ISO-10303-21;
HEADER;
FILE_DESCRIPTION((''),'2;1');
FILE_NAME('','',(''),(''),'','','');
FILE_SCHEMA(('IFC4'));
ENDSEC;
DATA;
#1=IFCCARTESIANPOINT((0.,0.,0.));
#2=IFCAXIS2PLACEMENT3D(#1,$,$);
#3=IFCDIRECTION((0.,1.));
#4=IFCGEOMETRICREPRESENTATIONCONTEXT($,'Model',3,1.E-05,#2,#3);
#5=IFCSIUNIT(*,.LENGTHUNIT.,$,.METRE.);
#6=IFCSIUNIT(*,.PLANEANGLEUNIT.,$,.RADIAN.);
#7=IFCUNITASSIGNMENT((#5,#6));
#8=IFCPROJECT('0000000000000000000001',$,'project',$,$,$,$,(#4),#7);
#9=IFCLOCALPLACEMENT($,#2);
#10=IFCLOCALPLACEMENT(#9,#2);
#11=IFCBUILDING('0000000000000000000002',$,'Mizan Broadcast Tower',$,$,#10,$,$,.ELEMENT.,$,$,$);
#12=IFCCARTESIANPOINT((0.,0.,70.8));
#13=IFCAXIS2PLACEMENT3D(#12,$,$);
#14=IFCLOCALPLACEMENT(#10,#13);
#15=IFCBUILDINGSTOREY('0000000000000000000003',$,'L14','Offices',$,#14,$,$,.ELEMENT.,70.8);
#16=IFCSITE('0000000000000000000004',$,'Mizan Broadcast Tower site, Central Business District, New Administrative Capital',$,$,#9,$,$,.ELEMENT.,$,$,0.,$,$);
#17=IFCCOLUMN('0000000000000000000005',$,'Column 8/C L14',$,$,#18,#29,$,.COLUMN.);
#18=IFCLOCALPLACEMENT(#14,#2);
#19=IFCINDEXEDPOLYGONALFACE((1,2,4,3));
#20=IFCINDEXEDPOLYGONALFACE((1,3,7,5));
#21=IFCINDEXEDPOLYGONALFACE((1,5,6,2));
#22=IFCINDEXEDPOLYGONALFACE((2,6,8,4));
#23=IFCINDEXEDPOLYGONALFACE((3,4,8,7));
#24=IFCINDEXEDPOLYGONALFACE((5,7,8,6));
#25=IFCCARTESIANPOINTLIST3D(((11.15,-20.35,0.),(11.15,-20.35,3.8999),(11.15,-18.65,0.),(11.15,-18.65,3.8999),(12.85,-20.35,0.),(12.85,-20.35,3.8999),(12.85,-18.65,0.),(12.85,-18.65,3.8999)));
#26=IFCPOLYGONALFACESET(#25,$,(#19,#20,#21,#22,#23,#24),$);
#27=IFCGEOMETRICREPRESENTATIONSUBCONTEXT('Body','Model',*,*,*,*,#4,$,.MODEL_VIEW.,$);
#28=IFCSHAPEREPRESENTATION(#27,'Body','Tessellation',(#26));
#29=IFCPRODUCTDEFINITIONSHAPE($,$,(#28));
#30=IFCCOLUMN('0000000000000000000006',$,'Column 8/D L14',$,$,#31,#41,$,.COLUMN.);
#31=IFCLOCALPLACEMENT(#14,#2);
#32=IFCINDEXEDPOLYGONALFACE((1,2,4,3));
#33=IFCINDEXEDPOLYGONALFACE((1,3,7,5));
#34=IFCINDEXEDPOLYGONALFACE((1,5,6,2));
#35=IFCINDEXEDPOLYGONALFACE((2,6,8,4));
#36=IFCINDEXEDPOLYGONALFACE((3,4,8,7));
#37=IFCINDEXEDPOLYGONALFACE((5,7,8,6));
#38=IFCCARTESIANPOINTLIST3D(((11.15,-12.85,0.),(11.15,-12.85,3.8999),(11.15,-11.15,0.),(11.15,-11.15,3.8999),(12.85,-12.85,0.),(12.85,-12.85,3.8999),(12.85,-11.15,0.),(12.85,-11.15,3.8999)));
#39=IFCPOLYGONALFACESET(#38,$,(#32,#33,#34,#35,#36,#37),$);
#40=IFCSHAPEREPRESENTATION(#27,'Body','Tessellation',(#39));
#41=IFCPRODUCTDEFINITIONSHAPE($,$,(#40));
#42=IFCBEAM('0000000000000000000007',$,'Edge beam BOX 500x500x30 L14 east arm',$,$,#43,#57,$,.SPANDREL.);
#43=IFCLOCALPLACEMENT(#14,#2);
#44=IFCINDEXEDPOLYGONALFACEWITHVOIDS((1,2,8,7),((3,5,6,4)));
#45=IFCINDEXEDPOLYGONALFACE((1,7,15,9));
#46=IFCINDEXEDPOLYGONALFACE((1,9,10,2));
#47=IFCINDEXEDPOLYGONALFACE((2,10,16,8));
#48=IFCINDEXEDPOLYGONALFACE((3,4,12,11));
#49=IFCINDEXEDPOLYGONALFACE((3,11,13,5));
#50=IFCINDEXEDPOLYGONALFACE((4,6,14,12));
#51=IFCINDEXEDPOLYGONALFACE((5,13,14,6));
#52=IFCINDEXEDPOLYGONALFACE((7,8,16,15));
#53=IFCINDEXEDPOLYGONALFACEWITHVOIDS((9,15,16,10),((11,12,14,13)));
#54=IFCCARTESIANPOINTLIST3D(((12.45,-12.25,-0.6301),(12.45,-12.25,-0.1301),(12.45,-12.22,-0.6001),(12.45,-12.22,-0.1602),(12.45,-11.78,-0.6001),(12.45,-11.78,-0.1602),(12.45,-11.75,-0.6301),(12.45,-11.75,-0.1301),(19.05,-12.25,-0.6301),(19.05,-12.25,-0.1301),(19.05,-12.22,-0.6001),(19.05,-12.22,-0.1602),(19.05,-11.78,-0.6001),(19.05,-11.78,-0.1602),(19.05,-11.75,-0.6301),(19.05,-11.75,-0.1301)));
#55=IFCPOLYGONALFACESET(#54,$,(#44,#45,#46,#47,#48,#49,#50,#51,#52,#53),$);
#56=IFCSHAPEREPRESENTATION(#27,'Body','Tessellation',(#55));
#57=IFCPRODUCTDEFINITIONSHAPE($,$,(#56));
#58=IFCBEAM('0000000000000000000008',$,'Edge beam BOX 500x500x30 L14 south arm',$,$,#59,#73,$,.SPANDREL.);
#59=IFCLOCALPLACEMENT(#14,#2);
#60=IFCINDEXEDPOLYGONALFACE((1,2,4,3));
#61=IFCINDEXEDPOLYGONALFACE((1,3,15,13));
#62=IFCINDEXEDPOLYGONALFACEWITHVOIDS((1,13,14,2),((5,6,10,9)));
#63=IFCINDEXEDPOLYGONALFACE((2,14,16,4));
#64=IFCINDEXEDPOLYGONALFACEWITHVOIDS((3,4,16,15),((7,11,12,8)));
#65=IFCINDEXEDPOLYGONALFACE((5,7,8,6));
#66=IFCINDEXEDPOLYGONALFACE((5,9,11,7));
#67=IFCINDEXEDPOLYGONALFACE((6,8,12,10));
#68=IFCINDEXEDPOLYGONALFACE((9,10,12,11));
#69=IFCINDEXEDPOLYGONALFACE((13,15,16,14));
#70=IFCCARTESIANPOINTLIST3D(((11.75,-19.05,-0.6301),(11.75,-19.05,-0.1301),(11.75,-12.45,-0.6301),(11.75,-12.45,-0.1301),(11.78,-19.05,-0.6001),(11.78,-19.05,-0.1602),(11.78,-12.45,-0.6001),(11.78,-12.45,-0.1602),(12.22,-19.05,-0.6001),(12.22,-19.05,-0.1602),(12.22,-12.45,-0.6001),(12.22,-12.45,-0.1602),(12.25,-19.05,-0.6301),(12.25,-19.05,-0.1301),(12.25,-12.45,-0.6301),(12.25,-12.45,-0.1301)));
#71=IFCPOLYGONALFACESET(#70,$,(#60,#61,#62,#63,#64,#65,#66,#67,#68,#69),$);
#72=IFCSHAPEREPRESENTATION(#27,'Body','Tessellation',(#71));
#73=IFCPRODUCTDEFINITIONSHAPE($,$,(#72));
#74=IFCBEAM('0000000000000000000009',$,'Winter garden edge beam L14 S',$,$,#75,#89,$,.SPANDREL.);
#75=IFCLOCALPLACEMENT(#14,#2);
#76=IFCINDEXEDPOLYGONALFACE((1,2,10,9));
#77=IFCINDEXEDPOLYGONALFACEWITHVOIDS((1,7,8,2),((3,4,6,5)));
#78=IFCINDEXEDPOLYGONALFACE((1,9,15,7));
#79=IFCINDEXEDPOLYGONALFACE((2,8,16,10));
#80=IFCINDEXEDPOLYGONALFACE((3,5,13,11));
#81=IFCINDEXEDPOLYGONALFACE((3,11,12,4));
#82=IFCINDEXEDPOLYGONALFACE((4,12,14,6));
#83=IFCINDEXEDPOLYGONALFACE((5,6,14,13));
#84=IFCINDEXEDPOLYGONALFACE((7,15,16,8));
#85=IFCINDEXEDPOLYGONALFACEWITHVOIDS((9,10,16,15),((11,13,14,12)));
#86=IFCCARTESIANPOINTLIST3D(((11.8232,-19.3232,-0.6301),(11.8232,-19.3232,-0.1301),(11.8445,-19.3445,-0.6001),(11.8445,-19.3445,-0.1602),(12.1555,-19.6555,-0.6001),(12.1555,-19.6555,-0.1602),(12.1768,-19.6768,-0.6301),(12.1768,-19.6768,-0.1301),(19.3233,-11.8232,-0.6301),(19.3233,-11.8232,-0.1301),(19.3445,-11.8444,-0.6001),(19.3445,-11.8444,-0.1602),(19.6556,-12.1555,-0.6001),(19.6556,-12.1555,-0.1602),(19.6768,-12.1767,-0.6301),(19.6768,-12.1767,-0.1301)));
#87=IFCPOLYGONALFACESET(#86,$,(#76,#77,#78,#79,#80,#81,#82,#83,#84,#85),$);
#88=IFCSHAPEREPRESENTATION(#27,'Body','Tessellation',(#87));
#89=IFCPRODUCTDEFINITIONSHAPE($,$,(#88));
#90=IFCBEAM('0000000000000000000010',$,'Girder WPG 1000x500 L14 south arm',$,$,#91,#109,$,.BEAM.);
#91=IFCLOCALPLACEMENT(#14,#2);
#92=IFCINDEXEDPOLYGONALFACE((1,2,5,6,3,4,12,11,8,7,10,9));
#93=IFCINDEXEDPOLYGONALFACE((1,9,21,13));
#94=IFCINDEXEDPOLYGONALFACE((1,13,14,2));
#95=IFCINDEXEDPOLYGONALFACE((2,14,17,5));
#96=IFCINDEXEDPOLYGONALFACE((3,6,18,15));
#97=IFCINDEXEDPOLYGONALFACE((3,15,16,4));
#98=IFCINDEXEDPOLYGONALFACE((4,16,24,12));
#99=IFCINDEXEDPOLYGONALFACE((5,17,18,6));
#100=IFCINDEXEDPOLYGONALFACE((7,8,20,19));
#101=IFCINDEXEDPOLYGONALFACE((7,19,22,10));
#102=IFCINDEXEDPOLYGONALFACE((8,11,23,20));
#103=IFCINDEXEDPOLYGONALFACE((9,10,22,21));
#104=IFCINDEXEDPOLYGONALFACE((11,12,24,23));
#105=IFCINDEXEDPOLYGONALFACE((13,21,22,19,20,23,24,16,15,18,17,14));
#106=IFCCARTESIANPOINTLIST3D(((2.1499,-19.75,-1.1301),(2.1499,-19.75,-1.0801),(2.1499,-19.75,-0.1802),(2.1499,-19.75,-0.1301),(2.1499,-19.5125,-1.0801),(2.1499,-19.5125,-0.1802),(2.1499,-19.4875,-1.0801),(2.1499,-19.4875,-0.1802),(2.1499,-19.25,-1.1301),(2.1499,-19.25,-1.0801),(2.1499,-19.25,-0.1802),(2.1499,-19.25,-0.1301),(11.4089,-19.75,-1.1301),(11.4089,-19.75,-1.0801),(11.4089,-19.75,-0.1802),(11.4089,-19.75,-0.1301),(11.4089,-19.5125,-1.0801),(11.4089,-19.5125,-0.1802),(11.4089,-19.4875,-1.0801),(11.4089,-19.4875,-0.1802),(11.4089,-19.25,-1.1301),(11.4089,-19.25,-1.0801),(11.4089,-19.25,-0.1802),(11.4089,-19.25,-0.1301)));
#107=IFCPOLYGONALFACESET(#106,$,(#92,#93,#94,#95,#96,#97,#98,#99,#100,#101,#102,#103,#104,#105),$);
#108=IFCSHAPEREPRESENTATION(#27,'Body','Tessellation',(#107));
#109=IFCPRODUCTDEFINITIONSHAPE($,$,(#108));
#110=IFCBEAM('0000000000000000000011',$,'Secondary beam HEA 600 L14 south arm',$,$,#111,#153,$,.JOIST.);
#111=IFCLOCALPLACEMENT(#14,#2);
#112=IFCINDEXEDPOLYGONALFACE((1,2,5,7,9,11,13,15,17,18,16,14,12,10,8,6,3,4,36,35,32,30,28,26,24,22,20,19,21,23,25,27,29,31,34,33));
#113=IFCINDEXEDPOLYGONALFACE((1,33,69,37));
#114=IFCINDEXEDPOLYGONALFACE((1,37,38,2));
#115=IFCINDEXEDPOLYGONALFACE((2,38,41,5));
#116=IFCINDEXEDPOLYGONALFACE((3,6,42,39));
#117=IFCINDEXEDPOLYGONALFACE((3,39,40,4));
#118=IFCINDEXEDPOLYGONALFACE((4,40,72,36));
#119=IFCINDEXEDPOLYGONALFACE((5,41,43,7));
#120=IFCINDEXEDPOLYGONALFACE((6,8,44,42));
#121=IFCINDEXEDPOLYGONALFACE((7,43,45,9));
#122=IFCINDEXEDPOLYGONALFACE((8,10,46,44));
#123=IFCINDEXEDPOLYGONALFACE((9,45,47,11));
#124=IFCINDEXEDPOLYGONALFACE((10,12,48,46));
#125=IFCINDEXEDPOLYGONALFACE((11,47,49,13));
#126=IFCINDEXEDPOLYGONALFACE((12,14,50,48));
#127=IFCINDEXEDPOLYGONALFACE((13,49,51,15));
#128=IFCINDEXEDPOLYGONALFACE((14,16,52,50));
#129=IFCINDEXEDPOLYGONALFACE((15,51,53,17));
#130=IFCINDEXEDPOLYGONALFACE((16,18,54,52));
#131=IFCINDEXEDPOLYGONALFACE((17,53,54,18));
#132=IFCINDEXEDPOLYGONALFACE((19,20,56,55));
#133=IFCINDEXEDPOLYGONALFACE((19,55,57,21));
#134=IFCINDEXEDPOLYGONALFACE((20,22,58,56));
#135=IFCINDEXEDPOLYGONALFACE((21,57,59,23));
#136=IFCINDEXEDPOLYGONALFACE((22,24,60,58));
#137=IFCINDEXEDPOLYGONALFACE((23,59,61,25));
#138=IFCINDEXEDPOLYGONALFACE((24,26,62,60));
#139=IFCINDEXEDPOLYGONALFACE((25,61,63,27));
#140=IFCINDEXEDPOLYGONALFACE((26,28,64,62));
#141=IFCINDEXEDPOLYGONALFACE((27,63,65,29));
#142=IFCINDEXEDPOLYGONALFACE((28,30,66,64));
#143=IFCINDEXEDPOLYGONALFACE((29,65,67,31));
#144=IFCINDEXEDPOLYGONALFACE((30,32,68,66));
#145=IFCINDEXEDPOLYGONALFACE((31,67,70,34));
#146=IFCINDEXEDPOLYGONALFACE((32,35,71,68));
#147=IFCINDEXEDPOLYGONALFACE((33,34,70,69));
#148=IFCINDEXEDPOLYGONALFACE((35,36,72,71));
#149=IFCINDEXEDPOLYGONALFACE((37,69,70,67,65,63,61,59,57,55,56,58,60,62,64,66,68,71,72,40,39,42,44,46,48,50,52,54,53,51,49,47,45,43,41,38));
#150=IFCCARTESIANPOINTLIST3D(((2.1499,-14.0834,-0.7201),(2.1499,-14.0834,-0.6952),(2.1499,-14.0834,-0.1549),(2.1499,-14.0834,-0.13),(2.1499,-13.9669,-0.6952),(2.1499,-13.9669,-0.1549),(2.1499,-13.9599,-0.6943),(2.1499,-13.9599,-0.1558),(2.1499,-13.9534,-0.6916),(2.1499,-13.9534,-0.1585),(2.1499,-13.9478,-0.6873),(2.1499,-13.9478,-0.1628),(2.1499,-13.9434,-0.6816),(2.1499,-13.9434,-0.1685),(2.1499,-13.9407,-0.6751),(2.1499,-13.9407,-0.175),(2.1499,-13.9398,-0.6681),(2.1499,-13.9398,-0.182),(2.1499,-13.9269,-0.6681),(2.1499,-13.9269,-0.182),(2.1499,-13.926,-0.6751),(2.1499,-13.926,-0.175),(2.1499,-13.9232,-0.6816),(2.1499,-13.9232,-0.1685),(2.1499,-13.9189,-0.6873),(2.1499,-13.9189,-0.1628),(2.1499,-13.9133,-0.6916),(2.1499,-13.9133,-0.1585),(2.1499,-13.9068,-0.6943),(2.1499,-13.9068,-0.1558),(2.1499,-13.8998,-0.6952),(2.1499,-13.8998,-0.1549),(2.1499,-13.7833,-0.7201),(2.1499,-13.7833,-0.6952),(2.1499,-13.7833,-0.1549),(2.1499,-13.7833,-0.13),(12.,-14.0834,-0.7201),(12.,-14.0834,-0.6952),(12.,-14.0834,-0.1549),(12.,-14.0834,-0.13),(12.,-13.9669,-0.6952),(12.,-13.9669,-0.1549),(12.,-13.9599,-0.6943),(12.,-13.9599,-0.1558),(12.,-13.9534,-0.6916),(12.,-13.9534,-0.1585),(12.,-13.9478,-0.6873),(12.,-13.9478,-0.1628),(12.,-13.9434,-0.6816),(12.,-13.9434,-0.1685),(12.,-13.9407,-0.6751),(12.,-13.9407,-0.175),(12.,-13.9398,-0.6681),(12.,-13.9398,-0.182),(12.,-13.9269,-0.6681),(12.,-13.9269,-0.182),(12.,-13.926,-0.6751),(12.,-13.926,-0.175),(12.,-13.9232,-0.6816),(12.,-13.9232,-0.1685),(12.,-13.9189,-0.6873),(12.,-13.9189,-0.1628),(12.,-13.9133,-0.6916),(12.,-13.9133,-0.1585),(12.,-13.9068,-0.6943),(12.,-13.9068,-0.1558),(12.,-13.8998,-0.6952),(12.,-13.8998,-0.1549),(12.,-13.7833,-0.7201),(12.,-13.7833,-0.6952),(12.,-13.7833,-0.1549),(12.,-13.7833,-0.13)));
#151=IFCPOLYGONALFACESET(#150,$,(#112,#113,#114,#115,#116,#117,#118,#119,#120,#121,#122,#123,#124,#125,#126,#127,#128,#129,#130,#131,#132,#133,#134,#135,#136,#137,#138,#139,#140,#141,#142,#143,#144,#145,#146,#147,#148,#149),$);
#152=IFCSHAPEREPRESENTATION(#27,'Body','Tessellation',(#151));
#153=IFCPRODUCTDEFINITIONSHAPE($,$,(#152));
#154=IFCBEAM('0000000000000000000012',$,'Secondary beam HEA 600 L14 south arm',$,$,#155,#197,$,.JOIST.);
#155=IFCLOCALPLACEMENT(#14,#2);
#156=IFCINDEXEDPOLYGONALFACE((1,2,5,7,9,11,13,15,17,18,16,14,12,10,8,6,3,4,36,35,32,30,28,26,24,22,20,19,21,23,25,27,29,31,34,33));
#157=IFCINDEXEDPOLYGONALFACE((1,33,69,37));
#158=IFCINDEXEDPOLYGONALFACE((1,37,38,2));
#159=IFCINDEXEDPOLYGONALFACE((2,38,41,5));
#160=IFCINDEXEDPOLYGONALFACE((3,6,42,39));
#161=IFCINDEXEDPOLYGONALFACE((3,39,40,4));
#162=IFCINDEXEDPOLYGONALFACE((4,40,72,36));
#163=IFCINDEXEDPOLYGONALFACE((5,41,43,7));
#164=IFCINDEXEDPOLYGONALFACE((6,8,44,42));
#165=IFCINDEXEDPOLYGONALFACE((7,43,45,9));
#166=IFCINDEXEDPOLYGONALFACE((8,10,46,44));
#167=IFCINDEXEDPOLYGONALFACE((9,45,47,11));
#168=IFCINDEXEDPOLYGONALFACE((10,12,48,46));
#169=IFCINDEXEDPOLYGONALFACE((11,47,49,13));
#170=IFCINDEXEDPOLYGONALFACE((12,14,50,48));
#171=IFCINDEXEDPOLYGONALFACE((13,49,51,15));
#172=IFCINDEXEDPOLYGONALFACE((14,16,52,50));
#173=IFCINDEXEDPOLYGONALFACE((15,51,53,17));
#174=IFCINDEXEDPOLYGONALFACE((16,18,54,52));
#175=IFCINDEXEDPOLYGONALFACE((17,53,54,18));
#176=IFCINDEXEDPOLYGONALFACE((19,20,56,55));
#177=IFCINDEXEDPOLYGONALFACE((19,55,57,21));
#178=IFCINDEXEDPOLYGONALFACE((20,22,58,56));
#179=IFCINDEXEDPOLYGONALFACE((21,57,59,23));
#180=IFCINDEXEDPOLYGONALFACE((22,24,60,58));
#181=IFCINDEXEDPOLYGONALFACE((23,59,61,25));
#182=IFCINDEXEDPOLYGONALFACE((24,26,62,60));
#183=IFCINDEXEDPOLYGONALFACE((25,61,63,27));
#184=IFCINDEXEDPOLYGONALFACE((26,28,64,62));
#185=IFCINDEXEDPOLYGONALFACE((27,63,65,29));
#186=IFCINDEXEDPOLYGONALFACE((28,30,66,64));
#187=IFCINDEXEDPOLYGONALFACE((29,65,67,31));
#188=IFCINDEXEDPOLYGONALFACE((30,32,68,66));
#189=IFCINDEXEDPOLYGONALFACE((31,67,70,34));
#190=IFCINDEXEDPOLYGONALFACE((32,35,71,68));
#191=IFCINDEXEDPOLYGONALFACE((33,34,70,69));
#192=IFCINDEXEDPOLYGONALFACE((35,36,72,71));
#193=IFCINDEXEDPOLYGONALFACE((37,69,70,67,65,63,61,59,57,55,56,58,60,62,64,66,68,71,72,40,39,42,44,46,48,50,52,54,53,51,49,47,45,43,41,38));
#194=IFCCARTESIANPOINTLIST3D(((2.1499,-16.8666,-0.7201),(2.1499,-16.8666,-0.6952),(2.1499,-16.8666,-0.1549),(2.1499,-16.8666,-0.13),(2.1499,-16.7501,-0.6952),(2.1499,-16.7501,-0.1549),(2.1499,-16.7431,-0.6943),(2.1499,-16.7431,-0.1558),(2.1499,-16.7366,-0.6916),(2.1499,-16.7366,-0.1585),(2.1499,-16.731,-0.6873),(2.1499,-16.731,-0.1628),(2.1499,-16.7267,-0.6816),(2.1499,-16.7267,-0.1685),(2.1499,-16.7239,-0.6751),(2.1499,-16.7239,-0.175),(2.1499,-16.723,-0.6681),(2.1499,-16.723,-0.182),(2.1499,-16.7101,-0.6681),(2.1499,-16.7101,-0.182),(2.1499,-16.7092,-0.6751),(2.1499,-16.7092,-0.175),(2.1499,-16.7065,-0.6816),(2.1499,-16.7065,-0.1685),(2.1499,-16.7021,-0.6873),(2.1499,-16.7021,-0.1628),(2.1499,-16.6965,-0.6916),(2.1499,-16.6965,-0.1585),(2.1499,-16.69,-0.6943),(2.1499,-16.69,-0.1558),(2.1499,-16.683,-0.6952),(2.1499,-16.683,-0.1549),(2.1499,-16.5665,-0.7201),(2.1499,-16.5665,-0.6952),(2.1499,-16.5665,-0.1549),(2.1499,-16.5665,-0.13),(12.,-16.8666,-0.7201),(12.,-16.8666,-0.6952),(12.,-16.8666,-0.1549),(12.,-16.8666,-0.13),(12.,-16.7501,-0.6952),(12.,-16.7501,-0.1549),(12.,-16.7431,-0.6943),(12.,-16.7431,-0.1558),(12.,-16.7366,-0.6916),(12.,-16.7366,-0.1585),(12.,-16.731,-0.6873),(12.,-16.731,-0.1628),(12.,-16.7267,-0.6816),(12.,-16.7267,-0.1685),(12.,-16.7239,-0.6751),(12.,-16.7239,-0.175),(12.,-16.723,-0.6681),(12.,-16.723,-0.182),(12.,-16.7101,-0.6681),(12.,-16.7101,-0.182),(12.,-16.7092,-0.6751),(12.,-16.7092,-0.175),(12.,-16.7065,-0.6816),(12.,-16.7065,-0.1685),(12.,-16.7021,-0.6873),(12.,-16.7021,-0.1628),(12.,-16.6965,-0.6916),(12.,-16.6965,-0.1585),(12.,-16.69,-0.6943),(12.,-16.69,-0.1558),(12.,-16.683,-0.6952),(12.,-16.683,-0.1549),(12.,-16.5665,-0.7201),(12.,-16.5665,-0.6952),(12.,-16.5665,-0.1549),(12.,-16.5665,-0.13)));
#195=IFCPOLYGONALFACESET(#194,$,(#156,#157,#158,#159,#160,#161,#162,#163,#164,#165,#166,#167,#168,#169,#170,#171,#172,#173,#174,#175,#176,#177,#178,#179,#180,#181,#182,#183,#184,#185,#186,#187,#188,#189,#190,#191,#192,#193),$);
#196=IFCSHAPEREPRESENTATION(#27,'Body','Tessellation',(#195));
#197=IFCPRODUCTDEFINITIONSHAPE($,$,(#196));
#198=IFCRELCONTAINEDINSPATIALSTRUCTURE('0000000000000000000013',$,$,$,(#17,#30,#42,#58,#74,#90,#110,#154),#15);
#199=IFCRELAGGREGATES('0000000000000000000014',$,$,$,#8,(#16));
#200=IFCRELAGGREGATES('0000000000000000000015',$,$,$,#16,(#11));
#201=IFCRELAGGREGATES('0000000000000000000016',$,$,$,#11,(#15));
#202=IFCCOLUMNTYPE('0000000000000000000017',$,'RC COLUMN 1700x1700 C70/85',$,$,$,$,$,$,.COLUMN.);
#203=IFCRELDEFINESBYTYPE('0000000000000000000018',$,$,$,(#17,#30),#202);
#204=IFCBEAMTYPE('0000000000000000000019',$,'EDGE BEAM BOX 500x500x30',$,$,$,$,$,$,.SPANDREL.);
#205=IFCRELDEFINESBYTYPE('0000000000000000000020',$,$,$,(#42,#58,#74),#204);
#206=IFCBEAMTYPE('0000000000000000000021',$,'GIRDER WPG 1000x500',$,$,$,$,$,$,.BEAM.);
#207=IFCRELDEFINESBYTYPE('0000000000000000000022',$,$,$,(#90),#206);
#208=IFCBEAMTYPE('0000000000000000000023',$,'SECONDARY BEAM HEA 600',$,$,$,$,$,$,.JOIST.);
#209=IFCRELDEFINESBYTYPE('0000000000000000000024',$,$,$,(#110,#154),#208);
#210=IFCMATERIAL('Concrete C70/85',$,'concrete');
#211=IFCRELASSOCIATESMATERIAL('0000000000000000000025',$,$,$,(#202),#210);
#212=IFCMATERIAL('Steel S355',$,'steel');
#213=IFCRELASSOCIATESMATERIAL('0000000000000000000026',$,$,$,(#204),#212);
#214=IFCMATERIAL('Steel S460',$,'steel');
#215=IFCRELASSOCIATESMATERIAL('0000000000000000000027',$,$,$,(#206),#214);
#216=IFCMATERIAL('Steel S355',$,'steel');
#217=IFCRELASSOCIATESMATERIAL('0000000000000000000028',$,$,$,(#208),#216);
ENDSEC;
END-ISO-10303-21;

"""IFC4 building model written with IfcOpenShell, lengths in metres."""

from ifc_helpers import new_model, si_unit, direction, frame, origin, origin_2d, place, context, subcontext, project, spatial, rectangle, hollow_rectangle, i_section, extrude, material, material_profile, profile_set, type_object, element, save


model = new_model("IFC4")

# Units and contexts
model_context = context("Model", 3, precision=1e-05, world=origin(), true_north=direction((0.0, 1.0)))
body_context = subcontext(model_context, "Body", "Model", "MODEL_VIEW")
ifc_project = project(units=[si_unit("LENGTHUNIT", "METRE"), si_unit("PLANEANGLEUNIT", "RADIAN")], contexts=[model_context])

# Site, building, storey
site_placement = place(None, origin())
site = spatial("IfcSite", under=ifc_project, at=site_placement, Name="Mizan Broadcast Tower site, Central Business District, New Administrative Capital", CompositionType="ELEMENT", RefElevation=0.0)
building_placement = place(site_placement, origin())
building = spatial("IfcBuilding", under=site, at=building_placement, Name="Mizan Broadcast Tower", CompositionType="ELEMENT")
storey_placement = place(building_placement, frame((0.0, 0.0, 70.8)))
storey = spatial("IfcBuildingStorey", under=building, at=storey_placement, Name="L14", Description="Offices", CompositionType="ELEMENT", Elevation=70.8)

# Columns
ifc_material_1 = material(Name="Concrete C70/85", Category="concrete")
ifc_material_profile_1 = material_profile(ifc_material_1, rectangle(XDim=1.7, YDim=1.7, at=origin_2d()), Name="RC 1700x1700")
ifc_profile_set_1 = profile_set([ifc_material_profile_1], Name="Concrete C70/85")
column_type = type_object("IfcColumnType", Name="RC COLUMN 1700x1700 C70/85", PredefinedType="COLUMN", material=ifc_profile_set_1)
for number, where, z_axis, x_axis, name in (
    (1, (12.0, -19.5, 0.0), (0.0, 0.0, 1.0), (1.0, 0.0, 0.0), "Column 8/C L14"),
    (2, (12.0, -12.0, 0.0), (0.0, 0.0, 1.0), (1.0, 0.0, 0.0), "Column 8/D L14"),
):
    element("IfcColumn", number, at=place(storey_placement, frame(where, z_axis=z_axis, x_axis=x_axis)), inside=storey, type_object=column_type, Name=name, PredefinedType="COLUMN", context=body_context, shape_type="SweptSolid", body=[
        extrude(rectangle(XDim=1.7, YDim=1.7, at=origin_2d()), origin(), (0.0, 0.0, 1.0), 3.8999),
    ])

# Beams
ifc_material_2 = material(Name="Steel S355", Category="steel")
ifc_material_profile_2 = material_profile(ifc_material_2, hollow_rectangle(XDim=0.5, YDim=0.5, WallThickness=0.03, at=origin_2d()), Name="BOX 500x500x30")
ifc_profile_set_2 = profile_set([ifc_material_profile_2], Name="Steel S355")
beam_type_1 = type_object("IfcBeamType", Name="EDGE BEAM BOX 500x500x30", PredefinedType="SPANDREL", material=ifc_profile_set_2)
for number, where, z_axis, x_axis, name in (
    (3, (12.45, -12.0, -0.3801), (1.0, 0.0, 0.0), (0.0, 1.0, 0.0), "Edge beam BOX 500x500x30 L14 east arm"),
    (4, (12.0, -12.45, -0.3801), (0.0, -1.0, 0.0), (1.0, 0.0, 0.0), "Edge beam BOX 500x500x30 L14 south arm"),
):
    element("IfcBeam", number, at=place(storey_placement, frame(where, z_axis=z_axis, x_axis=x_axis)), inside=storey, type_object=beam_type_1, Name=name, PredefinedType="SPANDREL", context=body_context, shape_type="SweptSolid", body=[
        extrude(hollow_rectangle(XDim=0.5, YDim=0.5, WallThickness=0.03, at=origin_2d()), origin(), (0.0, 0.0, 1.0), 6.6001),
    ])
beam_1_placement = place(storey_placement, frame((12.0, -19.5, -0.3801), z_axis=(0.707107, 0.707107, 0.0), x_axis=(-0.707107, 0.707107, 0.0)))
element("IfcBeam", 5, at=beam_1_placement, inside=storey, type_object=beam_type_1, Name="Winter garden edge beam L14 S", PredefinedType="SPANDREL", context=body_context, shape_type="SweptSolid", body=[
    extrude(hollow_rectangle(XDim=0.5, YDim=0.5, WallThickness=0.03, at=origin_2d()), origin(), (0.0, 0.0, 1.0), 10.6067),
])
ifc_material_3 = material(Name="Steel S460", Category="steel")
ifc_material_profile_3 = material_profile(ifc_material_3, i_section(OverallWidth=0.5, OverallDepth=1.0, WebThickness=0.0249, FlangeThickness=0.05, at=origin_2d()), Name="WPG 1000x500")
ifc_profile_set_3 = profile_set([ifc_material_profile_3], Name="Steel S460")
beam_type_2 = type_object("IfcBeamType", Name="GIRDER WPG 1000x500", PredefinedType="BEAM", material=ifc_profile_set_3)
beam_2_placement = place(storey_placement, frame((11.4089, -19.5, -0.6301), z_axis=(-1.0, 0.0, 0.0), x_axis=(0.0, -1.0, 0.0)))
element("IfcBeam", 6, at=beam_2_placement, inside=storey, type_object=beam_type_2, Name="Girder WPG 1000x500 L14 south arm", PredefinedType="BEAM", context=body_context, shape_type="SweptSolid", body=[
    extrude(i_section(OverallWidth=0.5, OverallDepth=1.0, WebThickness=0.0249, FlangeThickness=0.05, at=origin_2d()), origin(), (0.0, 0.0, 1.0), 9.259),
])
ifc_material_4 = material(Name="Steel S355", Category="steel")
ifc_material_profile_4 = material_profile(ifc_material_4, i_section(OverallWidth=0.3, OverallDepth=0.5901, WebThickness=0.0129, FlangeThickness=0.0249, FilletRadius=0.0271, at=origin_2d()), Name="HEA 600")
ifc_profile_set_4 = profile_set([ifc_material_profile_4], Name="Steel S355")
beam_type_3 = type_object("IfcBeamType", Name="SECONDARY BEAM HEA 600", PredefinedType="JOIST", material=ifc_profile_set_4)
for number, where, z_axis, x_axis, name in (
    (7, (12.0, -13.9333, -0.425), (-1.0, 0.0, 0.0), (0.0, -1.0, 0.0), "Secondary beam HEA 600 L14 south arm"),
    (8, (12.0, -16.7166, -0.425), (-1.0, 0.0, 0.0), (0.0, -1.0, 0.0), "Secondary beam HEA 600 L14 south arm"),
):
    element("IfcBeam", number, at=place(storey_placement, frame(where, z_axis=z_axis, x_axis=x_axis)), inside=storey, type_object=beam_type_3, Name=name, PredefinedType="JOIST", context=body_context, shape_type="SweptSolid", body=[
        extrude(i_section(OverallWidth=0.3, OverallDepth=0.5901, WebThickness=0.0129, FlangeThickness=0.0249, FilletRadius=0.0271, at=origin_2d()), origin(), (0.0, 0.0, 1.0), 9.8501),
    ])

save(model, "model.ifc")
